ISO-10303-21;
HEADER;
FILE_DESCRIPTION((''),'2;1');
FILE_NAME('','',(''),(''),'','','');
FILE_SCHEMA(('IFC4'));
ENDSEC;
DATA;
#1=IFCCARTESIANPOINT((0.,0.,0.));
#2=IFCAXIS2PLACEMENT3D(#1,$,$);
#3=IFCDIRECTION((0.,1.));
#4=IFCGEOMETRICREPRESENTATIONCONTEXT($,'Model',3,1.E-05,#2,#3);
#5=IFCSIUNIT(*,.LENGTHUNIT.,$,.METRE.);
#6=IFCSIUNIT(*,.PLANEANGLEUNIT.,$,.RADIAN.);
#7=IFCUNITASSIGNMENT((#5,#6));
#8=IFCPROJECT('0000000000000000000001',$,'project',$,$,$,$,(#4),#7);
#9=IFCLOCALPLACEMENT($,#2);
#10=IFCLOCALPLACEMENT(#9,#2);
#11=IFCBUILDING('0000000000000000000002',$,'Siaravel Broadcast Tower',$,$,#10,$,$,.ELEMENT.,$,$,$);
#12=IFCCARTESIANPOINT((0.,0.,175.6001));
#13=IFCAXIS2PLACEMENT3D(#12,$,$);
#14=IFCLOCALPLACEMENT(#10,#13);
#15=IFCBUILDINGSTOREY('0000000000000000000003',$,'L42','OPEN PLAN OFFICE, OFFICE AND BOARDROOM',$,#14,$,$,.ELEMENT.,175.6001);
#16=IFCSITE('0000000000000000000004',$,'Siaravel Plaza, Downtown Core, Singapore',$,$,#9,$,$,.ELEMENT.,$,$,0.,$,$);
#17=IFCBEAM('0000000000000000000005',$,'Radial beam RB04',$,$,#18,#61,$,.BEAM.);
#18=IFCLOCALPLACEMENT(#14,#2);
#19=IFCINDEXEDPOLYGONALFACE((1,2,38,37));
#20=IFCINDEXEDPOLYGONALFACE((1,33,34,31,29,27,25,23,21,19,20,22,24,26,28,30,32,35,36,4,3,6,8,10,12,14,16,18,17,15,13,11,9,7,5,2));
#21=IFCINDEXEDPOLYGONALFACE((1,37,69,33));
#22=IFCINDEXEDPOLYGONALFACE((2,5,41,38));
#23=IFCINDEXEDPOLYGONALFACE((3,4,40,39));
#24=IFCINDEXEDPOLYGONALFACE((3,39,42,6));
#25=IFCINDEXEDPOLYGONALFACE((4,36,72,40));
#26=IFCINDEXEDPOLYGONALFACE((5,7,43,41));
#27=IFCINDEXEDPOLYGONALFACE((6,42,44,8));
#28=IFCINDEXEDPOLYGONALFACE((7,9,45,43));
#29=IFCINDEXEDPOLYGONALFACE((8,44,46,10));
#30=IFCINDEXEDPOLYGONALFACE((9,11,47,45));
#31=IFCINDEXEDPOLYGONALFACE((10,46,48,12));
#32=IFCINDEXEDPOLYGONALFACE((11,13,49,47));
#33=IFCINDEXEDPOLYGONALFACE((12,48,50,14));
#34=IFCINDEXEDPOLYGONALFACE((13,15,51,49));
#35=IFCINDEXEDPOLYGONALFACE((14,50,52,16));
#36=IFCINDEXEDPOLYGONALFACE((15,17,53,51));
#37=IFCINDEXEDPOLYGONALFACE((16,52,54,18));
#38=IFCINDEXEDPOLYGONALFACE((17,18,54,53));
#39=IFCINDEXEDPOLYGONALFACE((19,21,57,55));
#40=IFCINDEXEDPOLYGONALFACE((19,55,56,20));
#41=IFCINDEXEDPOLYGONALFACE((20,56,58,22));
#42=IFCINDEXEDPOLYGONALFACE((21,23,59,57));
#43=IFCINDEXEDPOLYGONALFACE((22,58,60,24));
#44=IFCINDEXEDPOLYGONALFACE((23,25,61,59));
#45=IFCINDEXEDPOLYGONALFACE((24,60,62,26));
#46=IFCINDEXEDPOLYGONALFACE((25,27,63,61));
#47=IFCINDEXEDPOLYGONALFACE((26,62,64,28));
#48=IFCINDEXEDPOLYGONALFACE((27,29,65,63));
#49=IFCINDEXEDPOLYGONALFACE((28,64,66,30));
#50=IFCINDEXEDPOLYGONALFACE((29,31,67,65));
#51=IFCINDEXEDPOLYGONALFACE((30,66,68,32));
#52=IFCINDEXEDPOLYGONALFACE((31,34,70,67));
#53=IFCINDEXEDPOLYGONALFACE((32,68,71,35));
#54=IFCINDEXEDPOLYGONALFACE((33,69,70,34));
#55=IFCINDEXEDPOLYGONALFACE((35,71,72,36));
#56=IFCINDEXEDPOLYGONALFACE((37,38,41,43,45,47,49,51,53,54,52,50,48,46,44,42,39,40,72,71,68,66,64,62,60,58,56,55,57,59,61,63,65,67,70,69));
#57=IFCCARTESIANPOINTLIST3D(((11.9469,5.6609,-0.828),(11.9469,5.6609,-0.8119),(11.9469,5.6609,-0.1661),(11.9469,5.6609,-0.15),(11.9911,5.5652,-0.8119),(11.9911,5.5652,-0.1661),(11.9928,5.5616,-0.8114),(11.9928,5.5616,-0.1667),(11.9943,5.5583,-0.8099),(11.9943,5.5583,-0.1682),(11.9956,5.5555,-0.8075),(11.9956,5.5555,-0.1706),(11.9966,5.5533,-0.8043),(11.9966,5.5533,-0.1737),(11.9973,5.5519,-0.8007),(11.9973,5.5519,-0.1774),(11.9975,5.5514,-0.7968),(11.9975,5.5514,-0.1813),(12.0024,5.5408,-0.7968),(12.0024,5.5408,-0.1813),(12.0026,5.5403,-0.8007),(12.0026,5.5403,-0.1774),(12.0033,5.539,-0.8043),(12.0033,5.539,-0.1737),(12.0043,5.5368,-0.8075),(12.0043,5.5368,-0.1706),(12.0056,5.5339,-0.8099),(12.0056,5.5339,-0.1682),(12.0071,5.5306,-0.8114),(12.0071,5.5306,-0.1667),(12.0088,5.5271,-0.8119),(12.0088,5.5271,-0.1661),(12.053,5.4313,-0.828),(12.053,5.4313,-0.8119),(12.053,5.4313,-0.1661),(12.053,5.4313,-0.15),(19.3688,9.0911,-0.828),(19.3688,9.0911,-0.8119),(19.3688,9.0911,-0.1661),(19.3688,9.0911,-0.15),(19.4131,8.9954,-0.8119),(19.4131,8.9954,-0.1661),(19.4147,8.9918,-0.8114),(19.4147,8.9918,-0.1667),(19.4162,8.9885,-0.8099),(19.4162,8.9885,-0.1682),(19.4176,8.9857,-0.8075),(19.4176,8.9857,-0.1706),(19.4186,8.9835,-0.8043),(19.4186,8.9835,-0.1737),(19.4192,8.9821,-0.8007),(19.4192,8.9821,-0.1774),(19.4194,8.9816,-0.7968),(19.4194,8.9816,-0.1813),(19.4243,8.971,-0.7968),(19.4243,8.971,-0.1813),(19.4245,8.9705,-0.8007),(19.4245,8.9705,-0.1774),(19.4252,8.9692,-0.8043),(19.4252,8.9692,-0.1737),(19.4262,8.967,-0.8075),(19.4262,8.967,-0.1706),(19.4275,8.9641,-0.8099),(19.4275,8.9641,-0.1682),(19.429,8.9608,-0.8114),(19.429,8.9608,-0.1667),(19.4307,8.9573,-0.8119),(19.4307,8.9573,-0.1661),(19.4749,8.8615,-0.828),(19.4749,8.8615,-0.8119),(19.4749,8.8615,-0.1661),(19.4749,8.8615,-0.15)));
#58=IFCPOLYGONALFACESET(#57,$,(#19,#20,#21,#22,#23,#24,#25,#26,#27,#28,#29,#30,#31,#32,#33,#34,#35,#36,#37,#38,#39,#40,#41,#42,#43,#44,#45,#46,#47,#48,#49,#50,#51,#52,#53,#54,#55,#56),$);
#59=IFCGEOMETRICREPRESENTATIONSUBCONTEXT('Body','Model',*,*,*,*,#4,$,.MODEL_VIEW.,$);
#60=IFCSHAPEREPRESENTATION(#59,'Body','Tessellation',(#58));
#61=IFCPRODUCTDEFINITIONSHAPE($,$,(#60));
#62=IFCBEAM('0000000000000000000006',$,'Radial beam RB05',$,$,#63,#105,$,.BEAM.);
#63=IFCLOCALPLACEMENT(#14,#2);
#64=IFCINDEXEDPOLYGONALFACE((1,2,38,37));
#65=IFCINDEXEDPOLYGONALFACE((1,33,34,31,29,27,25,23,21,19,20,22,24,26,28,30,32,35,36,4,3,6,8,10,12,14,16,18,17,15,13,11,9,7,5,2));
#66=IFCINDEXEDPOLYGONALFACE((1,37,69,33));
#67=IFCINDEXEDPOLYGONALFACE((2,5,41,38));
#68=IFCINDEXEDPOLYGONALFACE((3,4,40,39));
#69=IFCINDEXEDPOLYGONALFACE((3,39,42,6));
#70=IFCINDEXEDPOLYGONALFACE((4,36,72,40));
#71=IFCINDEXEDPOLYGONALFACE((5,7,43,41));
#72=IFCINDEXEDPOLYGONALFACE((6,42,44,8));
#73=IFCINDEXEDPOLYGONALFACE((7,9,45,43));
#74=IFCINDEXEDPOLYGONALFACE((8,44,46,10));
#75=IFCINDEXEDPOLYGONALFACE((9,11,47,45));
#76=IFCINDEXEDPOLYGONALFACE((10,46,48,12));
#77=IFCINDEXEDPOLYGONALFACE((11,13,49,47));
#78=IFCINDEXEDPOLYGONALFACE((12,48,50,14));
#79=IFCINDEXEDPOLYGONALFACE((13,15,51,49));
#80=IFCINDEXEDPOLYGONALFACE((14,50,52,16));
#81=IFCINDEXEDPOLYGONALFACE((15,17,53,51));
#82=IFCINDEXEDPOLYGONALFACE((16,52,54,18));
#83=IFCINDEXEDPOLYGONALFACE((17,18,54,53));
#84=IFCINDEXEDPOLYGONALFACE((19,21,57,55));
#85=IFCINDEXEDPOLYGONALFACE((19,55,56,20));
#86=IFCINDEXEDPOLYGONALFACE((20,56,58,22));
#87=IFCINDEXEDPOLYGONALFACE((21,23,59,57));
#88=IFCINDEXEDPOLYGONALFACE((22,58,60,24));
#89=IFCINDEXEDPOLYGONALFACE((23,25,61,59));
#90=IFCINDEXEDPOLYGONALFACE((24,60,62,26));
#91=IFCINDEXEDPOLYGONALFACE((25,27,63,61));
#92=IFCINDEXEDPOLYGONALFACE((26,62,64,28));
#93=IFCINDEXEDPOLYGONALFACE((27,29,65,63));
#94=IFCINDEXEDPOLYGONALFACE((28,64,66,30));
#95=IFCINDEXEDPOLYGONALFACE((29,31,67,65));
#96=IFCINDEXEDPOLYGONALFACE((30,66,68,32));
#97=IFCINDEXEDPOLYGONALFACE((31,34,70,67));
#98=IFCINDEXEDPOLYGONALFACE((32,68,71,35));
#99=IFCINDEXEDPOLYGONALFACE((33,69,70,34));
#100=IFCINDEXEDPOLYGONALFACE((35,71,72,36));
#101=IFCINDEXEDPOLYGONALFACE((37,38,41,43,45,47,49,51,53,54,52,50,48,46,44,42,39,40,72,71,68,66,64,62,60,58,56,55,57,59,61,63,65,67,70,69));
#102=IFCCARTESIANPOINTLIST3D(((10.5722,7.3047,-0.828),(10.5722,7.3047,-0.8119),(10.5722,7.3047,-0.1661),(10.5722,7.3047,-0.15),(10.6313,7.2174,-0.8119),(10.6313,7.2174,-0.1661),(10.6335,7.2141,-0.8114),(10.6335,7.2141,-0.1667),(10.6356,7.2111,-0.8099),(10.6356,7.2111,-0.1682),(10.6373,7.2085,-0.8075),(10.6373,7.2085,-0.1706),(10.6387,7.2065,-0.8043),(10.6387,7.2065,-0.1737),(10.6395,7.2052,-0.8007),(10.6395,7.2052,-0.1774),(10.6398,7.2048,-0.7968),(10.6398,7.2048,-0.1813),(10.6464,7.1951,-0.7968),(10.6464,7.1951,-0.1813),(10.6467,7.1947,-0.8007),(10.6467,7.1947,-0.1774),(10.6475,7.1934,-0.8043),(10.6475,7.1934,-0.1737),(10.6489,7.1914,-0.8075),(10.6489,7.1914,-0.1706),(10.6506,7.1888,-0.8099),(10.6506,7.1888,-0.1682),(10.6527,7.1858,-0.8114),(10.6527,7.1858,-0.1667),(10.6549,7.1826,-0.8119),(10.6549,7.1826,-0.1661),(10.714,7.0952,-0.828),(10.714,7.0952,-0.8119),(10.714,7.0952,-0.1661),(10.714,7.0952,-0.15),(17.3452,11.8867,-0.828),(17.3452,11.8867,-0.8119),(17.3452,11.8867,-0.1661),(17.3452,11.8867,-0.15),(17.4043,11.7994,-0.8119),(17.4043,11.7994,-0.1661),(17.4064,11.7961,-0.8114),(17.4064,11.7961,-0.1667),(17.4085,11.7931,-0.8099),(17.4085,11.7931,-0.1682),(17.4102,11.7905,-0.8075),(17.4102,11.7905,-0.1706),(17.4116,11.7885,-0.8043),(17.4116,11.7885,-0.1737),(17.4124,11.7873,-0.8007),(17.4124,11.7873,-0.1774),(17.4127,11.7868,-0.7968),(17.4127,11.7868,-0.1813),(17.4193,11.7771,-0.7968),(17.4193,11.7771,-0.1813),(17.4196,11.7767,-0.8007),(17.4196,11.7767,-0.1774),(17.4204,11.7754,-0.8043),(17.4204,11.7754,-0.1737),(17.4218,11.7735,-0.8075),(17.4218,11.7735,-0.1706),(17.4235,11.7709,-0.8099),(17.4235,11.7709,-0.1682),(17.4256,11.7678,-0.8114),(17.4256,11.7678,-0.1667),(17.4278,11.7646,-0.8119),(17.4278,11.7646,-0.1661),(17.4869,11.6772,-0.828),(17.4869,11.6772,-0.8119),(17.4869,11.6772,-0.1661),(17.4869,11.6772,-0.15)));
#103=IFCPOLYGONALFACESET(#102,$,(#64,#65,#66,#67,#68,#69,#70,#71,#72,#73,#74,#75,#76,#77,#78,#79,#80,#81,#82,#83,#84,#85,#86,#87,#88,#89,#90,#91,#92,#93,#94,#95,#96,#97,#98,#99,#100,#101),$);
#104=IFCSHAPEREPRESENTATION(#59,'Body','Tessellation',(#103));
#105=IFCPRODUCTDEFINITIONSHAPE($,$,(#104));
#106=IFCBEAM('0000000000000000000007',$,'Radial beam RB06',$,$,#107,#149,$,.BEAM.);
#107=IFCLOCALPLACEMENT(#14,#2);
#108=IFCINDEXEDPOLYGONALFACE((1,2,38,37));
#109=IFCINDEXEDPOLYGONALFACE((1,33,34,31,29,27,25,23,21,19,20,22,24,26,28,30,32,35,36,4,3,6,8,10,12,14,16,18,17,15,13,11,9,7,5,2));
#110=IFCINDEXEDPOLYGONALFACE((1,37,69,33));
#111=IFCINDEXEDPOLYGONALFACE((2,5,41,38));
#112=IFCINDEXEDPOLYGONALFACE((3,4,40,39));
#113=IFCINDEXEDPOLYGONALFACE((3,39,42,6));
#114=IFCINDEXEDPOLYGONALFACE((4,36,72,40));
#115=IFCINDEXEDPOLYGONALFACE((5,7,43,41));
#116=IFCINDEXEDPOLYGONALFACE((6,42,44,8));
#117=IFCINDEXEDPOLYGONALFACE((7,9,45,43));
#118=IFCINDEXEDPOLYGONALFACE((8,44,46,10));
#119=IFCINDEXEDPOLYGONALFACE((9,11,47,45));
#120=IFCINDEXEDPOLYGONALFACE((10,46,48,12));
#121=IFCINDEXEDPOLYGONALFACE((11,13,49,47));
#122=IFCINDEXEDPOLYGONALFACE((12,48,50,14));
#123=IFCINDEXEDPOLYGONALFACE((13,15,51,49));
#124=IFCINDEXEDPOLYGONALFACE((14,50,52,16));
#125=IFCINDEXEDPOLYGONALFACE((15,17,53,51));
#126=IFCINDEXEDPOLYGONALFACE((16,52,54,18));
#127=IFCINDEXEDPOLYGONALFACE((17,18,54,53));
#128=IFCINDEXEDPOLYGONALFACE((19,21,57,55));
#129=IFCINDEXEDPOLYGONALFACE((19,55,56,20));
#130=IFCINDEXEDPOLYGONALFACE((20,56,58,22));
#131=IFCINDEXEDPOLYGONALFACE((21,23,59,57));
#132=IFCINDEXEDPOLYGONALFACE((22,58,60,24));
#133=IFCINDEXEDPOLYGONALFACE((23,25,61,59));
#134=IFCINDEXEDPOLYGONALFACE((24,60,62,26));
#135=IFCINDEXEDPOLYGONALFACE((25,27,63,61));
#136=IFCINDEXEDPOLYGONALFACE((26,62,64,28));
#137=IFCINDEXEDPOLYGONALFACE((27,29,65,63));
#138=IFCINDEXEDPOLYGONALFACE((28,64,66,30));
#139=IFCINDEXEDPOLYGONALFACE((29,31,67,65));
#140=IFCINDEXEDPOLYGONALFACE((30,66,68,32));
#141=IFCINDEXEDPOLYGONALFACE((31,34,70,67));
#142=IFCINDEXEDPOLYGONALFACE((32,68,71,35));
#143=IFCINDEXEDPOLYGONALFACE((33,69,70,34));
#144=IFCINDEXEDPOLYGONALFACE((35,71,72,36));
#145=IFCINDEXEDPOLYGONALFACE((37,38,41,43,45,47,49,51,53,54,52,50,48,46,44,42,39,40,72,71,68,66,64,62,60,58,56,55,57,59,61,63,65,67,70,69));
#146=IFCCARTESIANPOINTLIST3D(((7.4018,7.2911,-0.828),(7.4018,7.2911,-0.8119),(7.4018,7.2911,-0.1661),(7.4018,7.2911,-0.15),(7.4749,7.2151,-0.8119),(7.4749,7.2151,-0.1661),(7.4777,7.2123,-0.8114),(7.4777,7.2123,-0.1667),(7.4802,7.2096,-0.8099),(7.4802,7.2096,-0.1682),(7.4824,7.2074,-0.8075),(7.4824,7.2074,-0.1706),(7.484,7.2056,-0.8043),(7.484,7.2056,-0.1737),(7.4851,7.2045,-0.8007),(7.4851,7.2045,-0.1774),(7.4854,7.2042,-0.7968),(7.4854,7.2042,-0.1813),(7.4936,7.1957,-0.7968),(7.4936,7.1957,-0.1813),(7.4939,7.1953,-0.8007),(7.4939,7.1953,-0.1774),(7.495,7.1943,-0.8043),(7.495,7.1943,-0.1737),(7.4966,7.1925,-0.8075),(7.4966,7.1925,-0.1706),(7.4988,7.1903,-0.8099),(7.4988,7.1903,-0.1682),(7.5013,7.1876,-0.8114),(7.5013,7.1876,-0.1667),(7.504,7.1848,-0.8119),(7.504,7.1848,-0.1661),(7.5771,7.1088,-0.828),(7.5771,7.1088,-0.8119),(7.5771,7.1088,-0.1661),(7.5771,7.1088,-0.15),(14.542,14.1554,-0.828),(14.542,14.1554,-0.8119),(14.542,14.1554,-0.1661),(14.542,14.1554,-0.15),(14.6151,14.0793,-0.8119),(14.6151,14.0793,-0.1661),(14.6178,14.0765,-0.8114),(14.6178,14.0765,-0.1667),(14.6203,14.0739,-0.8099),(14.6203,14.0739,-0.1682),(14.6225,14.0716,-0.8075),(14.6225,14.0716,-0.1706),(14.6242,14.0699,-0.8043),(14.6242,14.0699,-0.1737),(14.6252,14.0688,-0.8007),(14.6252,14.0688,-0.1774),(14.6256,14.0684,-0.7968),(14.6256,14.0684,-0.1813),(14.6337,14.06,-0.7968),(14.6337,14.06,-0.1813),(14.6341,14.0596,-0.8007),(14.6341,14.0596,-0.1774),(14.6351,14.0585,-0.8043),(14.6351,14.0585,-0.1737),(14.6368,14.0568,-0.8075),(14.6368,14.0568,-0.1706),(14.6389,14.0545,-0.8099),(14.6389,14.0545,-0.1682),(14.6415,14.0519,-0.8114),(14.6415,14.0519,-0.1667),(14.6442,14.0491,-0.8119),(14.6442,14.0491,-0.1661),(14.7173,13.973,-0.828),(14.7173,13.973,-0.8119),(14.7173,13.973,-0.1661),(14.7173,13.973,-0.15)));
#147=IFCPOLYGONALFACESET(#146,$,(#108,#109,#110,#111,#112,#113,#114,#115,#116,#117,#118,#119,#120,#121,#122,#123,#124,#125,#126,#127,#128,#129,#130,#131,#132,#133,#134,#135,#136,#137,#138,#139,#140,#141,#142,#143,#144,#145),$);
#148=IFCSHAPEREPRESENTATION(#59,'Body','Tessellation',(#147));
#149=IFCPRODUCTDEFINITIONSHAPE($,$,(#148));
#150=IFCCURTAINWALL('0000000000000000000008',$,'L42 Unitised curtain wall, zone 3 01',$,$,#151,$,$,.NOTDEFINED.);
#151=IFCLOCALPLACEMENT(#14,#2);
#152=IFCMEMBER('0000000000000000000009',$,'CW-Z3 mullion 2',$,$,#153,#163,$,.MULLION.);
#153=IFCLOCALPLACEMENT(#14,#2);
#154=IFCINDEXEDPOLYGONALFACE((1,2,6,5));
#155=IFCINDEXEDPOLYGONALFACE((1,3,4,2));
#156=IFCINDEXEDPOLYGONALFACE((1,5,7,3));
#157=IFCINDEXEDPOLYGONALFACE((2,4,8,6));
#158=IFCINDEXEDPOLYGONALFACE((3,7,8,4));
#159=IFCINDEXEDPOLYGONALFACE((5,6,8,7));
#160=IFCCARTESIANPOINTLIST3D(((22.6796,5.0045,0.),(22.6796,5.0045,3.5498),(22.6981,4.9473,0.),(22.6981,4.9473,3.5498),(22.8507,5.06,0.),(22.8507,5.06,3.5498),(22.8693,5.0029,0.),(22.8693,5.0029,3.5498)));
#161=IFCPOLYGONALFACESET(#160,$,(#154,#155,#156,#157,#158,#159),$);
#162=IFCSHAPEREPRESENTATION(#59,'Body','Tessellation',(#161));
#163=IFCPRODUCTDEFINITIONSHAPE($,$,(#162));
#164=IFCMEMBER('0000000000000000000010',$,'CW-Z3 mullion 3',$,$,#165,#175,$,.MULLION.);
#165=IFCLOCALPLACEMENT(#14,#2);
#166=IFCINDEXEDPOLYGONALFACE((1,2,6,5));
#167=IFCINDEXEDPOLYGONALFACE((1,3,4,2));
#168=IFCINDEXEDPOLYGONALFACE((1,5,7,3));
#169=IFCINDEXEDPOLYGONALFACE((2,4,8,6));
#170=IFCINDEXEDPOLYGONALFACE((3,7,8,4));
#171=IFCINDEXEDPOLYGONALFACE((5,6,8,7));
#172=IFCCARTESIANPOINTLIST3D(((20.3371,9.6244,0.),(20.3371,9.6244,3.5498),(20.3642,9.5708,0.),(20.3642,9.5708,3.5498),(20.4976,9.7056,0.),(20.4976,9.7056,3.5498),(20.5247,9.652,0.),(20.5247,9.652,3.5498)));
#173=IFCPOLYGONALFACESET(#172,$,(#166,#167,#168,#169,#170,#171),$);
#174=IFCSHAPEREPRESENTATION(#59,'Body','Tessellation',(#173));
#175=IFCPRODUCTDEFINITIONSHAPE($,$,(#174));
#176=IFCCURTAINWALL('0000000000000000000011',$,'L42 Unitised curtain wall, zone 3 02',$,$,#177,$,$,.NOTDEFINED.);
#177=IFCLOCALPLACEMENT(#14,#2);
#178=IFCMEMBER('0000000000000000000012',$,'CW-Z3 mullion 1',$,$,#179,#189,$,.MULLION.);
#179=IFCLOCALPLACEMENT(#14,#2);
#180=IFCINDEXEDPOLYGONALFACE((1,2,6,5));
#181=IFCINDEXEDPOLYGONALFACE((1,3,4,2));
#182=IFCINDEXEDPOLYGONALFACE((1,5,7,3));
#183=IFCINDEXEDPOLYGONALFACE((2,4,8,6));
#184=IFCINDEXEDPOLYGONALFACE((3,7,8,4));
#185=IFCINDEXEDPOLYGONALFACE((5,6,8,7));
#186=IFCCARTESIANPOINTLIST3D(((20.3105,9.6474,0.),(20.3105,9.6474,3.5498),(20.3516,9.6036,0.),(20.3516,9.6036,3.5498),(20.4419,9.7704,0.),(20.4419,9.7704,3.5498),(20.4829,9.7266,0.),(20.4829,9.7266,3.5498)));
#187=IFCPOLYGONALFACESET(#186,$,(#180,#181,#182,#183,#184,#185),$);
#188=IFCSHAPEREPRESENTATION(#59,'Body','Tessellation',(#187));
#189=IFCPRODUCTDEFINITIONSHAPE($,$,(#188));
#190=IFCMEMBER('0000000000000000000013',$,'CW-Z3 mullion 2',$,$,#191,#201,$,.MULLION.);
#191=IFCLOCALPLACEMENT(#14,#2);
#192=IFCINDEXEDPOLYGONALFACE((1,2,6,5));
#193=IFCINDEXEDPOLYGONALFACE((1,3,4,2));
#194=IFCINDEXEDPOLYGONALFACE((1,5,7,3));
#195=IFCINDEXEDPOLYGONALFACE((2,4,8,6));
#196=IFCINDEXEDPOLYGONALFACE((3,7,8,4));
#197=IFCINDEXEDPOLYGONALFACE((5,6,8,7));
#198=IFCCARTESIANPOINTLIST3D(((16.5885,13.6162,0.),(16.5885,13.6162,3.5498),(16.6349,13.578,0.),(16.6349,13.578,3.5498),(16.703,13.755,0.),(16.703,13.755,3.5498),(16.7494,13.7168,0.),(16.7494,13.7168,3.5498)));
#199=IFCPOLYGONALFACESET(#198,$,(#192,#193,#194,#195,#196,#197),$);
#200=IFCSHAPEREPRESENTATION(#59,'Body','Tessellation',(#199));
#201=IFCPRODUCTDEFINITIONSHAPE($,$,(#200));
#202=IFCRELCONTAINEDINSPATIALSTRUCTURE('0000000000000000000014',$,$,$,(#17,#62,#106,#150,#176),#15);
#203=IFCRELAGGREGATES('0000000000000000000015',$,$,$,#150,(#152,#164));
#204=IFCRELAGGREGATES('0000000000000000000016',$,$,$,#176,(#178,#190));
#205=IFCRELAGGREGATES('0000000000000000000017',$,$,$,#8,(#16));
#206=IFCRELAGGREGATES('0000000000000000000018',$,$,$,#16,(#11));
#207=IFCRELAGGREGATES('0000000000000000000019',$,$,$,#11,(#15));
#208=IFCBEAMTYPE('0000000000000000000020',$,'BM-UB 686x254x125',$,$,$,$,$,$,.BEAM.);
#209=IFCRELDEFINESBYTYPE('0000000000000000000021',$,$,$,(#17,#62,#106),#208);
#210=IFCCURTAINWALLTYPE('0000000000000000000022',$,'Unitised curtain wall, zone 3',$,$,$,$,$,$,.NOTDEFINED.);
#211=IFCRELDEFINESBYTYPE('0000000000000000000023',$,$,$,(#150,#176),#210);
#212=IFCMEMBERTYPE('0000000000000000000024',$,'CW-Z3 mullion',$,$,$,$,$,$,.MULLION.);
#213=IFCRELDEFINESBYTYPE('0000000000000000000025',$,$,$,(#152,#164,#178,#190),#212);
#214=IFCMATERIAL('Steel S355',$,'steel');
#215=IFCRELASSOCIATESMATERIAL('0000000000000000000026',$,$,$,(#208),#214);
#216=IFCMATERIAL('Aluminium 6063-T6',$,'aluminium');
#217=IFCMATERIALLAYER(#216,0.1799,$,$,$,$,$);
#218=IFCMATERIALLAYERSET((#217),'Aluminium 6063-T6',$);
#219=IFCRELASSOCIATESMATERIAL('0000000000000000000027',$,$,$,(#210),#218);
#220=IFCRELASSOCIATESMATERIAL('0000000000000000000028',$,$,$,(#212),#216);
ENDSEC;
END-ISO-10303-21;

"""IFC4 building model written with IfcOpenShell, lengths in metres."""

from ifc_helpers import new_model, si_unit, direction, frame, origin, origin_2d, place, context, subcontext, project, spatial, rectangle, i_section, extrude, material, layer, layer_set, material_profile, profile_set, type_object, element, aggregate, save


model = new_model("IFC4")

# Units and contexts
model_context = context("Model", 3, precision=1e-05, world=origin(), true_north=direction((0.0, 1.0)))
body_context = subcontext(model_context, "Body", "Model", "MODEL_VIEW")
ifc_project = project(units=[si_unit("LENGTHUNIT", "METRE"), si_unit("PLANEANGLEUNIT", "RADIAN")], contexts=[model_context])

# Site, building, storey
site_placement = place(None, origin())
site = spatial("IfcSite", under=ifc_project, at=site_placement, Name="Siaravel Plaza, Downtown Core, Singapore", CompositionType="ELEMENT", RefElevation=0.0)
building_placement = place(site_placement, origin())
building = spatial("IfcBuilding", under=site, at=building_placement, Name="Siaravel Broadcast Tower", CompositionType="ELEMENT")
storey_placement = place(building_placement, frame((0.0, 0.0, 175.6001)))
storey = spatial("IfcBuildingStorey", under=building, at=storey_placement, Name="L42", Description="OPEN PLAN OFFICE, OFFICE AND BOARDROOM", CompositionType="ELEMENT", Elevation=175.6001)

# Beams
ifc_material_1 = material(Name="Steel S355", Category="steel")
ifc_material_profile_1 = material_profile(ifc_material_1, i_section(OverallWidth=0.2529, OverallDepth=0.678, WebThickness=0.0117, FlangeThickness=0.0161, FilletRadius=0.0151, at=origin_2d()))
ifc_profile_set_1 = profile_set([ifc_material_profile_1], Name="Steel S355")
beam_type = type_object("IfcBeamType", Name="BM-UB 686x254x125", PredefinedType="BEAM", material=ifc_profile_set_1)
beam_1_placement = place(storey_placement, frame((19.4219, 8.9763, -0.489), z_axis=(-0.907741, -0.419532, 0.0), x_axis=(0.419532, -0.907741, 0.0)))
element("IfcBeam", 1, at=beam_1_placement, inside=storey, type_object=beam_type, Name="Radial beam RB04", PredefinedType="BEAM", context=body_context, shape_type="SweptSolid", body=[
    extrude(i_section(OverallWidth=0.2529, OverallDepth=0.678, WebThickness=0.0117, FlangeThickness=0.0161, FilletRadius=0.0151, at=origin_2d()), origin(), (0.0, 0.0, 1.0), 8.1763),
])
beam_2_placement = place(storey_placement, frame((17.416, 11.782, -0.489), z_axis=(-0.828265, -0.560337, 0.0), x_axis=(0.560337, -0.828265, 0.0)))
element("IfcBeam", 2, at=beam_2_placement, inside=storey, type_object=beam_type, Name="Radial beam RB05", PredefinedType="BEAM", context=body_context, shape_type="SweptSolid", body=[
    extrude(i_section(OverallWidth=0.2529, OverallDepth=0.678, WebThickness=0.0117, FlangeThickness=0.0161, FilletRadius=0.0151, at=origin_2d()), origin(), (0.0, 0.0, 1.0), 8.1772),
])
beam_3_placement = place(storey_placement, frame((14.6296, 14.0642, -0.489), z_axis=(-0.720897, -0.693043, 0.0), x_axis=(0.693043, -0.720897, 0.0)))
element("IfcBeam", 3, at=beam_3_placement, inside=storey, type_object=beam_type, Name="Radial beam RB06", PredefinedType="BEAM", context=body_context, shape_type="SweptSolid", body=[
    extrude(i_section(OverallWidth=0.2529, OverallDepth=0.678, WebThickness=0.0117, FlangeThickness=0.0161, FilletRadius=0.0151, at=origin_2d()), origin(), (0.0, 0.0, 1.0), 9.9045),
])

# Curtain walls, members
ifc_material_2 = material(Name="Aluminium 6063-T6", Category="aluminium")
ifc_layer_1 = layer(ifc_material_2, 0.1799)
ifc_layer_set_1 = layer_set([ifc_layer_1], Name="Aluminium 6063-T6")
curtain_wall_type = type_object("IfcCurtainWallType", Name="Unitised curtain wall, zone 3", PredefinedType="NOTDEFINED", material=ifc_layer_set_1)
curtain_wall_1_placement = place(storey_placement, origin())
curtain_wall_1 = element("IfcCurtainWall", 4, at=curtain_wall_1_placement, inside=storey, type_object=curtain_wall_type, Name="L42 Unitised curtain wall, zone 3 01", PredefinedType="NOTDEFINED")
ifc_material_profile_2 = material_profile(ifc_material_2, rectangle(XDim=0.1799, YDim=0.0601, at=origin_2d()))
ifc_profile_set_2 = profile_set([ifc_material_profile_2], Name="Aluminium 6063-T6")
member_type_1 = type_object("IfcMemberType", Name="CW-Z3 mullion", PredefinedType="MULLION", material=ifc_profile_set_2)
member_1_placement = place(storey_placement, frame((22.7744, 5.0037, 0.0), z_axis=(0.0, 0.0, 1.0), x_axis=(-0.951177, -0.308646, 0.0)))
member_1 = element("IfcMember", 5, at=member_1_placement, type_object=member_type_1, Name="CW-Z3 mullion 2", PredefinedType="MULLION", context=body_context, shape_type="SweptSolid", body=[
    extrude(rectangle(XDim=0.1799, YDim=0.0601, at=origin_2d()), origin(), (0.0, 0.0, 1.0), 3.5498),
])
member_2_placement = place(storey_placement, frame((20.4309, 9.6382, 0.0), z_axis=(0.0, 0.0, 1.0), x_axis=(-0.892392, -0.451261, 0.0)))
member_2 = element("IfcMember", 6, at=member_2_placement, type_object=member_type_1, Name="CW-Z3 mullion 3", PredefinedType="MULLION", context=body_context, shape_type="SweptSolid", body=[
    extrude(rectangle(XDim=0.1799, YDim=0.0601, at=origin_2d()), origin(), (0.0, 0.0, 1.0), 3.5498),
])
curtain_wall_2_placement = place(storey_placement, origin())
curtain_wall_2 = element("IfcCurtainWall", 7, at=curtain_wall_2_placement, inside=storey, type_object=curtain_wall_type, Name="L42 Unitised curtain wall, zone 3 02", PredefinedType="NOTDEFINED")
member_3_placement = place(storey_placement, frame((20.3967, 9.687, 0.0), z_axis=(0.0, 0.0, 1.0), x_axis=(-0.729805, -0.683655, 0.0)))
member_3 = element("IfcMember", 8, at=member_3_placement, type_object=member_type_1, Name="CW-Z3 mullion 1", PredefinedType="MULLION", context=body_context, shape_type="SweptSolid", body=[
    extrude(rectangle(XDim=0.1799, YDim=0.0601, at=origin_2d()), origin(), (0.0, 0.0, 1.0), 3.5498),
])
member_4_placement = place(storey_placement, frame((16.6689, 13.6665, 0.0), z_axis=(0.0, 0.0, 1.0), x_axis=(-0.636218, -0.771509, 0.0)))
member_4 = element("IfcMember", 9, at=member_4_placement, type_object=member_type_1, Name="CW-Z3 mullion 2", PredefinedType="MULLION", context=body_context, shape_type="SweptSolid", body=[
    extrude(rectangle(XDim=0.1799, YDim=0.0601, at=origin_2d()), origin(), (0.0, 0.0, 1.0), 3.5498),
])

aggregate(curtain_wall_1, [member_1, member_2])
aggregate(curtain_wall_2, [member_3, member_4])

save(model, "model.ifc")
